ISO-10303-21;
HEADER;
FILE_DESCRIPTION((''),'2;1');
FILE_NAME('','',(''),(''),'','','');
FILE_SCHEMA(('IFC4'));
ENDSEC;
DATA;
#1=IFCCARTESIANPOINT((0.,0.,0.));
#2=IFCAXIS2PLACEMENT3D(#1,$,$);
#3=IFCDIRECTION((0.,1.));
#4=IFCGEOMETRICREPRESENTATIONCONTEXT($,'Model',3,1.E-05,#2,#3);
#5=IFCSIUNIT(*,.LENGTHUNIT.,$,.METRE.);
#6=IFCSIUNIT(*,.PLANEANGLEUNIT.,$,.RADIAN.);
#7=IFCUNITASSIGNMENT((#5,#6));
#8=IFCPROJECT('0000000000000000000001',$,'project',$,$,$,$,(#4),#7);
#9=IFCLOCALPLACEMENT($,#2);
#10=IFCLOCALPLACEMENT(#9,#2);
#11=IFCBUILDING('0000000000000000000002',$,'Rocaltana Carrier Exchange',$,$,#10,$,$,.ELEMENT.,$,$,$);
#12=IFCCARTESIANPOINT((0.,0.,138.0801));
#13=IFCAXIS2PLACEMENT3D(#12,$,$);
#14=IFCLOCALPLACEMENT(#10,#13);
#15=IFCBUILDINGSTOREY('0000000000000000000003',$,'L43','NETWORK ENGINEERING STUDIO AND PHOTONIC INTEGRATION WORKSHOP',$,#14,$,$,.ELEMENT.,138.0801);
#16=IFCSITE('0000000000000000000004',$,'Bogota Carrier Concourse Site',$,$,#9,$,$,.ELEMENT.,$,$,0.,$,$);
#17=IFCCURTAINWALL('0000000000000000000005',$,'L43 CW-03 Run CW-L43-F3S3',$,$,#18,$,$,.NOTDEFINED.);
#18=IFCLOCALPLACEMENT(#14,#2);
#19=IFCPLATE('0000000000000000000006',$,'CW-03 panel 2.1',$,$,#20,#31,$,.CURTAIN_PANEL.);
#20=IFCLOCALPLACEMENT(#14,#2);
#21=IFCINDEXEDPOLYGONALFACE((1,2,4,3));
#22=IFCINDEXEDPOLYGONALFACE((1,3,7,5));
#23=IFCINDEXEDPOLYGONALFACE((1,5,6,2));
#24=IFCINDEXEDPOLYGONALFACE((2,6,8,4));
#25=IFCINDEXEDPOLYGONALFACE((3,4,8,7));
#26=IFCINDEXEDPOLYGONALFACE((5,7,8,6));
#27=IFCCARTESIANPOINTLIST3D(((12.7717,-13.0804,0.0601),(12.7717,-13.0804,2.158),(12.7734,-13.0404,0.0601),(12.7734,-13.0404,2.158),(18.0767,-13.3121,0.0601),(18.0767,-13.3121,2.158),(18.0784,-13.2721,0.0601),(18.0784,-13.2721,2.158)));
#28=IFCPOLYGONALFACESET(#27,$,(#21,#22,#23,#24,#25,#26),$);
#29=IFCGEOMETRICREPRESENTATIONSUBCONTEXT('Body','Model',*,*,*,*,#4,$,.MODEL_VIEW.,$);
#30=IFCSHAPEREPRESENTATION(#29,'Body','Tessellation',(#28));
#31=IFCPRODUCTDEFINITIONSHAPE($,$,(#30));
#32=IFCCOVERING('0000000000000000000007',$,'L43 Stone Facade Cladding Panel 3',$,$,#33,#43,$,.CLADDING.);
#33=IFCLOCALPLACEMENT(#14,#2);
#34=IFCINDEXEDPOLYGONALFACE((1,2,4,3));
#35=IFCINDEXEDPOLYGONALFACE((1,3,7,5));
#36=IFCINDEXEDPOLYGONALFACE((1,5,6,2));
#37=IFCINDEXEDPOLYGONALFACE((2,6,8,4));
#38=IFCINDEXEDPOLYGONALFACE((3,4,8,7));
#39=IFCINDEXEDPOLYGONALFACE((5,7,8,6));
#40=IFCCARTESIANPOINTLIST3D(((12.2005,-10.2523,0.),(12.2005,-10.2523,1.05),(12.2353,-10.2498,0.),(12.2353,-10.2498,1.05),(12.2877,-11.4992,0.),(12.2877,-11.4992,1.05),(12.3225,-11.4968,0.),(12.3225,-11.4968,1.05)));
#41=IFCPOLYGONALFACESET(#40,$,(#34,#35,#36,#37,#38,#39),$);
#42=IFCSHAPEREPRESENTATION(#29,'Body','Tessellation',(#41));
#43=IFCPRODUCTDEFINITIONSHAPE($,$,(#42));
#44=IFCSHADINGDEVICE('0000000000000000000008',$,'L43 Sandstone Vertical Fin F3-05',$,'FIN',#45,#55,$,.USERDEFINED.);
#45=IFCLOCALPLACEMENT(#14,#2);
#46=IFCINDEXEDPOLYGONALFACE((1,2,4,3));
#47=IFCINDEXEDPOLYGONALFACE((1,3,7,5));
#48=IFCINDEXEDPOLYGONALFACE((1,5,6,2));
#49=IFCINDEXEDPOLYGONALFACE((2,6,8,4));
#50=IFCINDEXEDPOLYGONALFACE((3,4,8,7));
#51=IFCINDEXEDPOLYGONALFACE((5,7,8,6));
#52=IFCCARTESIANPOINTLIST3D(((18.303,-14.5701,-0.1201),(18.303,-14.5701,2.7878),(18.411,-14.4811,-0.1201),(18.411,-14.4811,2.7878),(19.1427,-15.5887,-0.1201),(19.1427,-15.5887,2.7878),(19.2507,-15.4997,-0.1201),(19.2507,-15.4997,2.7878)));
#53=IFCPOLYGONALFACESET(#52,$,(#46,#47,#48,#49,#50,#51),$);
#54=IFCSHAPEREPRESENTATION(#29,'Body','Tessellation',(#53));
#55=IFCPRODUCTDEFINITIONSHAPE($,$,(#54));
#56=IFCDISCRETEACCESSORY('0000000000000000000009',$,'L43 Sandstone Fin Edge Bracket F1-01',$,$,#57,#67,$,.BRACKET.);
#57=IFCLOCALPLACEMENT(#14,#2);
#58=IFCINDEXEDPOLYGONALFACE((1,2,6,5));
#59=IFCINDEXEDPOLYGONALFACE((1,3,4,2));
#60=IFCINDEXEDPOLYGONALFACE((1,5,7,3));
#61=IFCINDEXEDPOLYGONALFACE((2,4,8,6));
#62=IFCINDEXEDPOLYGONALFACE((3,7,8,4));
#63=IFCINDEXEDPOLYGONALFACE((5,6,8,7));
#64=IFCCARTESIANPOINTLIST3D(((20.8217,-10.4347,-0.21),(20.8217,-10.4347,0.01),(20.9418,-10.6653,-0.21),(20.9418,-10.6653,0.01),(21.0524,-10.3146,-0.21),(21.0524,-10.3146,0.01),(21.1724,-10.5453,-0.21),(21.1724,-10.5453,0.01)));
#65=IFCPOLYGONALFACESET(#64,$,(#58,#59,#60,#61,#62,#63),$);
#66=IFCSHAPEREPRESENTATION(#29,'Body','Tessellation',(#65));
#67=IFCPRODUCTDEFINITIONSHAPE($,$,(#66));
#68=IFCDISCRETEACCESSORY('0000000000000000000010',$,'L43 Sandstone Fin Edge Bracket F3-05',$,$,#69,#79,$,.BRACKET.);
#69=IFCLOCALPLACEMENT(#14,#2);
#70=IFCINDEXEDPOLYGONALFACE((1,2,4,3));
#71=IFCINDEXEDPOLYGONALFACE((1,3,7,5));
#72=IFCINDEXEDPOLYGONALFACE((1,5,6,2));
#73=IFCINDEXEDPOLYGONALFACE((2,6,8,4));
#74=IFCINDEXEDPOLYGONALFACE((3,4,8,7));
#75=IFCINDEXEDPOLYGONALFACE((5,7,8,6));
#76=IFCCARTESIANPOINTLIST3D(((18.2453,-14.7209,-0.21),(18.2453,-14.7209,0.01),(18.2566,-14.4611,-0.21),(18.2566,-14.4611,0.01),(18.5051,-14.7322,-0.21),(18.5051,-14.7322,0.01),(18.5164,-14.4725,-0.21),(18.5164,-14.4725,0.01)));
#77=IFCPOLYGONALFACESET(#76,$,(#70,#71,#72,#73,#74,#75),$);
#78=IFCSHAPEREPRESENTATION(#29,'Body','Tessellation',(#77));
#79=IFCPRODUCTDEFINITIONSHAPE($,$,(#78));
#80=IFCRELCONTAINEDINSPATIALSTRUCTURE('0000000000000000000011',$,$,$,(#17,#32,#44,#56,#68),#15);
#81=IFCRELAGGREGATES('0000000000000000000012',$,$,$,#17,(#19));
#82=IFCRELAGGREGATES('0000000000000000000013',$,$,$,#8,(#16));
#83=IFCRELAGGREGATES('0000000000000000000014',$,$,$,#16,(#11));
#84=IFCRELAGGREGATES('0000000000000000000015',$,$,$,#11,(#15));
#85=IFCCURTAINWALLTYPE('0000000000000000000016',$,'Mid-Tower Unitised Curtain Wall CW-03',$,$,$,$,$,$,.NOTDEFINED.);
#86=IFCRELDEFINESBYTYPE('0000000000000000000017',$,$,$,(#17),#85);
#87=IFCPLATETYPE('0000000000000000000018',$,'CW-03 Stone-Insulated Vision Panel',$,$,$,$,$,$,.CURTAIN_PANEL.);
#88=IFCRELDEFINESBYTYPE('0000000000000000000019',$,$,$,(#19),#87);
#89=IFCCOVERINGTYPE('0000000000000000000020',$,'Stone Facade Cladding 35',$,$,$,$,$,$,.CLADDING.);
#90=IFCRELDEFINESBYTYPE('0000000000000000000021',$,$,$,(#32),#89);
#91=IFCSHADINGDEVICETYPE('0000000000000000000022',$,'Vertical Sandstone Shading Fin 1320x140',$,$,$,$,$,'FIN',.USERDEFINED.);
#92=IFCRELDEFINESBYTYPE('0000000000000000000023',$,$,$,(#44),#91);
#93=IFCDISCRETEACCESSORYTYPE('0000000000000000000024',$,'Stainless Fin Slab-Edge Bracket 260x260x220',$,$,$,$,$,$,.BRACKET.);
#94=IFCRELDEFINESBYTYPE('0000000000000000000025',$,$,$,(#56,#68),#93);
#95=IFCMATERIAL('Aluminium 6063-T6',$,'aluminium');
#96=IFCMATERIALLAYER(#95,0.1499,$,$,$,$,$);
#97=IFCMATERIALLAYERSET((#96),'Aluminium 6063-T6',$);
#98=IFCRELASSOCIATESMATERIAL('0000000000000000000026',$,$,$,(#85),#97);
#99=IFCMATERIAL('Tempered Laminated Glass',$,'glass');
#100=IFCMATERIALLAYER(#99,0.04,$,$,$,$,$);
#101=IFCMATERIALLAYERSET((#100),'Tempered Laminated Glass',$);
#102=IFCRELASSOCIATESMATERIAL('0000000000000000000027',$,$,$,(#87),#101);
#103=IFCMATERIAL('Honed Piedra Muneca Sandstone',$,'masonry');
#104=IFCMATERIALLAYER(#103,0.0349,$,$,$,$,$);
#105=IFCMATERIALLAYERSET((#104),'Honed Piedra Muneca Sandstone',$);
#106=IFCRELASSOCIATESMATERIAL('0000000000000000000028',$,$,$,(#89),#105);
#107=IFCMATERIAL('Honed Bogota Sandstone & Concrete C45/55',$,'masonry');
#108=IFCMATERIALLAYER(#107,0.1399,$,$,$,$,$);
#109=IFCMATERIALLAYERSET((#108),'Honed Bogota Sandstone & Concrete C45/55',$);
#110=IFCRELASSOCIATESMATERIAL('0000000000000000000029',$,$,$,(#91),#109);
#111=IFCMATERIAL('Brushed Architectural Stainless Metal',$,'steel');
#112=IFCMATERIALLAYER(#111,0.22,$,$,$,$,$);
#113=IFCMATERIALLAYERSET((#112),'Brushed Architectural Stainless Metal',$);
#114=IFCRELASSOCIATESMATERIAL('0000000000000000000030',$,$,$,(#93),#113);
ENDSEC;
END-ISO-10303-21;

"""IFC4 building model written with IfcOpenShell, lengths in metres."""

from ifc_helpers import new_model, si_unit, direction, frame, origin, origin_2d, place, context, subcontext, project, spatial, rectangle, extrude, material, layer, layer_set, type_object, element, aggregate, save


model = new_model("IFC4")

# Units and contexts
model_context = context("Model", 3, precision=1e-05, world=origin(), true_north=direction((0.0, 1.0)))
body_context = subcontext(model_context, "Body", "Model", "MODEL_VIEW")
ifc_project = project(units=[si_unit("LENGTHUNIT", "METRE"), si_unit("PLANEANGLEUNIT", "RADIAN")], contexts=[model_context])

# Site, building, storey
site_placement = place(None, origin())
site = spatial("IfcSite", under=ifc_project, at=site_placement, Name="Bogota Carrier Concourse Site", CompositionType="ELEMENT", RefElevation=0.0)
building_placement = place(site_placement, origin())
building = spatial("IfcBuilding", under=site, at=building_placement, Name="Rocaltana Carrier Exchange", CompositionType="ELEMENT")
storey_placement = place(building_placement, frame((0.0, 0.0, 138.0801)))
storey = spatial("IfcBuildingStorey", under=building, at=storey_placement, Name="L43", Description="NETWORK ENGINEERING STUDIO AND PHOTONIC INTEGRATION WORKSHOP", CompositionType="ELEMENT", Elevation=138.0801)

# Shared definitions
ifc_material_1 = material(Name="Aluminium 6063-T6", Category="aluminium")
ifc_layer_1 = layer(ifc_material_1, 0.1499)
ifc_layer_set_1 = layer_set([ifc_layer_1], Name="Aluminium 6063-T6")
curtain_wall_type = type_object("IfcCurtainWallType", Name="Mid-Tower Unitised Curtain Wall CW-03", PredefinedType="NOTDEFINED", material=ifc_layer_set_1)

# Curtain wall
curtain_wall_1_placement = place(storey_placement, origin())
curtain_wall_1 = element("IfcCurtainWall", 1, at=curtain_wall_1_placement, inside=storey, type_object=curtain_wall_type, Name="L43 CW-03 Run CW-L43-F3S3", PredefinedType="NOTDEFINED")

# Plate
ifc_material_2 = material(Name="Tempered Laminated Glass", Category="glass")
ifc_layer_2 = layer(ifc_material_2, 0.04)
ifc_layer_set_2 = layer_set([ifc_layer_2], Name="Tempered Laminated Glass")
plate_type = type_object("IfcPlateType", Name="CW-03 Stone-Insulated Vision Panel", PredefinedType="CURTAIN_PANEL", material=ifc_layer_set_2)
plate_placement = place(storey_placement, frame((15.425, -13.1763, 0.0601), z_axis=(0.0, 0.0, 1.0), x_axis=(0.999048, -0.043629, 0.0)))
plate = element("IfcPlate", 2, at=plate_placement, type_object=plate_type, Name="CW-03 panel 2.1", PredefinedType="CURTAIN_PANEL", context=body_context, shape_type="SweptSolid", body=[
    extrude(rectangle(XDim=5.3101, YDim=0.04, at=origin_2d()), origin(), (0.0, 0.0, 1.0), 2.0979),
])
aggregate(curtain_wall_1, [plate])

# Covering
ifc_material_3 = material(Name="Honed Piedra Muneca Sandstone", Category="masonry")
ifc_layer_3 = layer(ifc_material_3, 0.0349)
ifc_layer_set_3 = layer_set([ifc_layer_3], Name="Honed Piedra Muneca Sandstone")
covering_type = type_object("IfcCoveringType", Name="Stone Facade Cladding 35", PredefinedType="CLADDING", material=ifc_layer_set_3)
covering_placement = place(storey_placement, frame((12.2615, -10.8745, 0.0), z_axis=(0.0, 0.0, 1.0), x_axis=(-0.069756, 0.997564, 0.0)))
element("IfcCovering", 3, at=covering_placement, inside=storey, type_object=covering_type, Name="L43 Stone Facade Cladding Panel 3", PredefinedType="CLADDING", context=body_context, shape_type="SweptSolid", body=[
    extrude(rectangle(XDim=1.25, YDim=0.0349, at=origin_2d()), origin(), (0.0, 0.0, 1.0), 1.05),
])

# Shading device
ifc_material_4 = material(Name="Honed Bogota Sandstone & Concrete C45/55", Category="masonry")
ifc_layer_4 = layer(ifc_material_4, 0.1399)
ifc_layer_set_4 = layer_set([ifc_layer_4], Name="Honed Bogota Sandstone & Concrete C45/55")
shading_device_type = type_object("IfcShadingDeviceType", Name="Vertical Sandstone Shading Fin 1320x140", ElementType="FIN", PredefinedType="USERDEFINED", material=ifc_layer_set_4)
shading_device_placement = place(storey_placement, frame((18.7769, -15.0349, -0.1201), z_axis=(0.0, 0.0, 1.0), x_axis=(0.636078, -0.771625, 0.0)))
element("IfcShadingDevice", 4, at=shading_device_placement, inside=storey, type_object=shading_device_type, Name="L43 Sandstone Vertical Fin F3-05", ObjectType="FIN", PredefinedType="USERDEFINED", context=body_context, shape_type="SweptSolid", body=[
    extrude(rectangle(XDim=1.3201, YDim=0.1399, at=origin_2d()), origin(), (0.0, 0.0, 1.0), 2.908),
])

# Discrete accessories
ifc_material_5 = material(Name="Brushed Architectural Stainless Metal", Category="steel")
ifc_layer_5 = layer(ifc_material_5, 0.22)
ifc_layer_set_5 = layer_set([ifc_layer_5], Name="Brushed Architectural Stainless Metal")
discrete_accessory_type = type_object("IfcDiscreteAccessoryType", Name="Stainless Fin Slab-Edge Bracket 260x260x220", PredefinedType="BRACKET", material=ifc_layer_set_5)
for number, where, z_axis, x_axis, name in (
    (5, (20.9971, -10.49, -0.21), (0.0, 0.0, 1.0), (-0.461749, 0.887011, 0.0), "L43 Sandstone Fin Edge Bracket F1-01"),
    (6, (18.3809, -14.5967, -0.21), (0.0, 0.0, 1.0), (0.999048, -0.043619, 0.0), "L43 Sandstone Fin Edge Bracket F3-05"),
):
    element("IfcDiscreteAccessory", number, at=place(storey_placement, frame(where, z_axis=z_axis, x_axis=x_axis)), inside=storey, type_object=discrete_accessory_type, Name=name, PredefinedType="BRACKET", context=body_context, shape_type="SweptSolid", body=[
        extrude(rectangle(XDim=0.26, YDim=0.26, at=origin_2d()), origin(), (0.0, 0.0, 1.0), 0.22),
    ])

save(model, "model.ifc")
